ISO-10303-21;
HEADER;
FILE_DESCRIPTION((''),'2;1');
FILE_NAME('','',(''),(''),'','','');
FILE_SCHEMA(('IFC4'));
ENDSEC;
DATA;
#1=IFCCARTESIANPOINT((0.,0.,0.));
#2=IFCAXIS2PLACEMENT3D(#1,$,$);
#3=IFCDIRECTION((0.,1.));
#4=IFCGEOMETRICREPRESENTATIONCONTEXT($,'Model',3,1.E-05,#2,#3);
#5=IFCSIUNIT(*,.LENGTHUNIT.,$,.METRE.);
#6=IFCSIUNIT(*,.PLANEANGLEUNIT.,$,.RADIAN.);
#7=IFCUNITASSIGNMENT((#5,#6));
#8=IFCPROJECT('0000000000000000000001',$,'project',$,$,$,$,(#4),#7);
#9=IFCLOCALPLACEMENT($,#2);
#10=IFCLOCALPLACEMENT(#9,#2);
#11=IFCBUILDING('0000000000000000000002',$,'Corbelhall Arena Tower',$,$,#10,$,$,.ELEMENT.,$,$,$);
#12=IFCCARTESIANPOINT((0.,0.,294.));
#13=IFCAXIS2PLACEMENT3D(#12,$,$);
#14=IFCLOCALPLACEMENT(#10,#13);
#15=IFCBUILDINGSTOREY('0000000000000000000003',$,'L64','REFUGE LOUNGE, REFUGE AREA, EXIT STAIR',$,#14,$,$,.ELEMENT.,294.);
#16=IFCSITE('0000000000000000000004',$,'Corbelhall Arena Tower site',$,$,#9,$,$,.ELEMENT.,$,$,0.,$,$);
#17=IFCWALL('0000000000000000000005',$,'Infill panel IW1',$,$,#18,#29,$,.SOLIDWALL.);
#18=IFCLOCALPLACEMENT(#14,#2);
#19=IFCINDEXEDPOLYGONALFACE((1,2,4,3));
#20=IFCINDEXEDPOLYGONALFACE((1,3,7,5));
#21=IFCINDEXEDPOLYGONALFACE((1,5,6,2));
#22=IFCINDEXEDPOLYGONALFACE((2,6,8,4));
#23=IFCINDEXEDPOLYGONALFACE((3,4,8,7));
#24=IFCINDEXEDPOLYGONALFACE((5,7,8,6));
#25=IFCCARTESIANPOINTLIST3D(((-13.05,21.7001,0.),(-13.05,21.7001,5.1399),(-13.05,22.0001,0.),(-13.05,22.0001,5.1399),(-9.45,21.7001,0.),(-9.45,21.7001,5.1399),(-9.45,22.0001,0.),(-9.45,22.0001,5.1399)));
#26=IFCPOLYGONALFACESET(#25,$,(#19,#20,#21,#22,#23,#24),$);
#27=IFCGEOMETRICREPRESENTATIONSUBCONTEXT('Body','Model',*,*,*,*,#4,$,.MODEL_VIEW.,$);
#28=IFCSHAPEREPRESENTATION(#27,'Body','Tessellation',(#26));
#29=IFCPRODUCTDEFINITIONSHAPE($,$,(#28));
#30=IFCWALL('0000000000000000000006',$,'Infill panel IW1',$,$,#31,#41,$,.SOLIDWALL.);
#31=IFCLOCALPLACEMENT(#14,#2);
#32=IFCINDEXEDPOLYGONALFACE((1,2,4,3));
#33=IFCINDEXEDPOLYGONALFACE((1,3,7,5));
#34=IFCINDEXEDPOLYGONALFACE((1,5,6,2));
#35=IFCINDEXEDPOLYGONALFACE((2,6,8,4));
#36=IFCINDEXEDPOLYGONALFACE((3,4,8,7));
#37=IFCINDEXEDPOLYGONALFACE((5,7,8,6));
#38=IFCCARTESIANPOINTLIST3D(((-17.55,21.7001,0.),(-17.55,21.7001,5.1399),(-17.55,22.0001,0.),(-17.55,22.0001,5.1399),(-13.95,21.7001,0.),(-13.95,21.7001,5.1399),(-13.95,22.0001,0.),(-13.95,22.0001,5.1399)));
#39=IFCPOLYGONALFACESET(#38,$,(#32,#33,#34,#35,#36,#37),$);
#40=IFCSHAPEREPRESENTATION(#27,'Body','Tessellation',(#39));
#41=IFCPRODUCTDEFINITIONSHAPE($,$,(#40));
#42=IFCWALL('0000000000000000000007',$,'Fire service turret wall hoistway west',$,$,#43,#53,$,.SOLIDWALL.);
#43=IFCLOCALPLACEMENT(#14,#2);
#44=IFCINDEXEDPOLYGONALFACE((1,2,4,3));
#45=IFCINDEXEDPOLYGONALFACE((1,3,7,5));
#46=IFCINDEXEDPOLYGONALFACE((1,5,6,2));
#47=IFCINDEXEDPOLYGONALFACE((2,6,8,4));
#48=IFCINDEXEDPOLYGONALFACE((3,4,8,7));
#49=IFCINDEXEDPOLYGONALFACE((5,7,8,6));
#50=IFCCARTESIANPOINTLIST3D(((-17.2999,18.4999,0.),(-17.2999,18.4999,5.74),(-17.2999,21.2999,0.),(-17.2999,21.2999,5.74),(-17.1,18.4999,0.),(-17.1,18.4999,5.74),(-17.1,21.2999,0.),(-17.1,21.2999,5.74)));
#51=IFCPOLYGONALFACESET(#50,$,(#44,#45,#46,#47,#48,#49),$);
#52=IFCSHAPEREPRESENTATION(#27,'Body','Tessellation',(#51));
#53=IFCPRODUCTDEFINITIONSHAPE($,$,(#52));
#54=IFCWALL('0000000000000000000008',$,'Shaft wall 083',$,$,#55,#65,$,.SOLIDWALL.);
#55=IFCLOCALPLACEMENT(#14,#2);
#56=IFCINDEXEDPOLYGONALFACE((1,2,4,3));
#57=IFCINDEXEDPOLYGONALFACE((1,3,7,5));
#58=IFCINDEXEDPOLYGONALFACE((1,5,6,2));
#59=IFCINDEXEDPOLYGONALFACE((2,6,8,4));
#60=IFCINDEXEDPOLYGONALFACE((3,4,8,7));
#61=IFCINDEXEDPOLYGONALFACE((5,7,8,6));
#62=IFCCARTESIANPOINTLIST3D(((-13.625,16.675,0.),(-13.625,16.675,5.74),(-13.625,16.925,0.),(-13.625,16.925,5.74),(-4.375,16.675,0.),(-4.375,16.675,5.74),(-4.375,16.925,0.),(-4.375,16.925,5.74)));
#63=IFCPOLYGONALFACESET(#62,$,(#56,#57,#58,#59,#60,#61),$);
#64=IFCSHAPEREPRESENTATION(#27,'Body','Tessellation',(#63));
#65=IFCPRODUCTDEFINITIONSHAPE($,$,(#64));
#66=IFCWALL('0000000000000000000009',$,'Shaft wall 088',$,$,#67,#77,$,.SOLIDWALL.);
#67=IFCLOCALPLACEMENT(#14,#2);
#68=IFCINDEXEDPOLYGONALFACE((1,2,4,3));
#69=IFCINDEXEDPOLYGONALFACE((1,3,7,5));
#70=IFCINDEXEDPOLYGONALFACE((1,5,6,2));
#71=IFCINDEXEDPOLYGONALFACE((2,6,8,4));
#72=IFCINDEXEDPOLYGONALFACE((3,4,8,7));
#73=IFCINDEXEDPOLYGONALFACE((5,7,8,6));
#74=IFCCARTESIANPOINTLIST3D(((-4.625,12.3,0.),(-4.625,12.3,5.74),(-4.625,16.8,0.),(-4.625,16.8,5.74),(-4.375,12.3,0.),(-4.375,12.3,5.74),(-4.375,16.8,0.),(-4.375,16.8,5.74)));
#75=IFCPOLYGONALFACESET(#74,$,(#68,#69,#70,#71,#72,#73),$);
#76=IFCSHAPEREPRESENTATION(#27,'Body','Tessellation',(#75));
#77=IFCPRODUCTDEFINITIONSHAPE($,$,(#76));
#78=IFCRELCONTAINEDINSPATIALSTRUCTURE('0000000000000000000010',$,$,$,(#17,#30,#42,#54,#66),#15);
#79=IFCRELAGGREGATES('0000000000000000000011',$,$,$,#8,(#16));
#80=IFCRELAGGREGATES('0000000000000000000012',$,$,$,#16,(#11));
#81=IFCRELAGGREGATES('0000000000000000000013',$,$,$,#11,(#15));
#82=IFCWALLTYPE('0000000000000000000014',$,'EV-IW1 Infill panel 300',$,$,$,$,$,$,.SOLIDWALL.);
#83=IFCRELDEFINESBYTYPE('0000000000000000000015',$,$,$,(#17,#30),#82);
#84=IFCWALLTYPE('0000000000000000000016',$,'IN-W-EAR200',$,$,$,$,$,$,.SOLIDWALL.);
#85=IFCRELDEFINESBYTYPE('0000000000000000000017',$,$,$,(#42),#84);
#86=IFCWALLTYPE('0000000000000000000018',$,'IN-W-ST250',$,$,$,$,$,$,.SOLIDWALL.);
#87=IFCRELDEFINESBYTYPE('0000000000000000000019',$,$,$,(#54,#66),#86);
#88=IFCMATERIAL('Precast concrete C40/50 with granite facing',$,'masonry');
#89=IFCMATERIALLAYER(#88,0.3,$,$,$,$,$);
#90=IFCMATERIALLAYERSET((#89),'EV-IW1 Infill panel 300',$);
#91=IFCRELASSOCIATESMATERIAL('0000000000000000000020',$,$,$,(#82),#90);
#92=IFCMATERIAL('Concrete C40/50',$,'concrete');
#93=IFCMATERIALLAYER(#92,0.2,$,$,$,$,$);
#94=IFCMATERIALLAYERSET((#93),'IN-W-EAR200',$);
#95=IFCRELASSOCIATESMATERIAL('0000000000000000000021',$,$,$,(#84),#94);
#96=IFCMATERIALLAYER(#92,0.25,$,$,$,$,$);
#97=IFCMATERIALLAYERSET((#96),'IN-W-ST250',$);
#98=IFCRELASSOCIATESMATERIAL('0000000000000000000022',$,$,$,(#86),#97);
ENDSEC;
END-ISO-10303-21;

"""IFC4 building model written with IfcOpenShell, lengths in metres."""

from ifc_helpers import new_model, si_unit, direction, frame, frame_2d, origin, place, context, subcontext, project, spatial, rectangle, extrude, material, layer, layer_set, type_object, element, save


model = new_model("IFC4")

# Units and contexts
model_context = context("Model", 3, precision=1e-05, world=origin(), true_north=direction((0.0, 1.0)))
body_context = subcontext(model_context, "Body", "Model", "MODEL_VIEW")
ifc_project = project(units=[si_unit("LENGTHUNIT", "METRE"), si_unit("PLANEANGLEUNIT", "RADIAN")], contexts=[model_context])

# Site, building, storey
site_placement = place(None, origin())
site = spatial("IfcSite", under=ifc_project, at=site_placement, Name="Corbelhall Arena Tower site", CompositionType="ELEMENT", RefElevation=0.0)
building_placement = place(site_placement, origin())
building = spatial("IfcBuilding", under=site, at=building_placement, Name="Corbelhall Arena Tower", CompositionType="ELEMENT")
storey_placement = place(building_placement, frame((0.0, 0.0, 294.0)))
storey = spatial("IfcBuildingStorey", under=building, at=storey_placement, Name="L64", Description="REFUGE LOUNGE, REFUGE AREA, EXIT STAIR", CompositionType="ELEMENT", Elevation=294.0)

# Walls
ifc_material_1 = material(Name="Precast concrete C40/50 with granite facing", Category="masonry")
ifc_layer_1 = layer(ifc_material_1, 0.3)
ifc_layer_set_1 = layer_set([ifc_layer_1], Name="EV-IW1 Infill panel 300")
wall_type_1 = type_object("IfcWallType", Name="EV-IW1 Infill panel 300", PredefinedType="SOLIDWALL", material=ifc_layer_set_1)
for number, where, z_axis, x_axis, name in (
    (1, (-9.45, 21.8501, 0.0), (0.0, 0.0, 1.0), (-1.0, 0.0, 0.0), "Infill panel IW1"),
    (2, (-13.95, 21.8501, 0.0), (0.0, 0.0, 1.0), (-1.0, 0.0, 0.0), "Infill panel IW1"),
):
    element("IfcWall", number, at=place(storey_placement, frame(where, z_axis=z_axis, x_axis=x_axis)), inside=storey, type_object=wall_type_1, Name=name, PredefinedType="SOLIDWALL", context=body_context, shape_type="SweptSolid", body=[
        extrude(rectangle(XDim=3.6001, YDim=0.3, at=frame_2d((1.8, 0.0))), origin(), (0.0, 0.0, 1.0), 5.1399),
    ])
ifc_material_2 = material(Name="Concrete C40/50", Category="concrete")
ifc_layer_2 = layer(ifc_material_2, 0.2)
ifc_layer_set_2 = layer_set([ifc_layer_2], Name="IN-W-EAR200")
wall_type_2 = type_object("IfcWallType", Name="IN-W-EAR200", PredefinedType="SOLIDWALL", material=ifc_layer_set_2)
wall_1_placement = place(storey_placement, frame((-17.2, 18.5, 0.0), z_axis=(0.0, 0.0, 1.0), x_axis=(0.0, 1.0, 0.0)))
element("IfcWall", 3, at=wall_1_placement, inside=storey, type_object=wall_type_2, Name="Fire service turret wall hoistway west", PredefinedType="SOLIDWALL", context=body_context, shape_type="SweptSolid", body=[
    extrude(rectangle(XDim=2.8, YDim=0.2, at=frame_2d((1.3999, 0.0))), origin(), (0.0, 0.0, 1.0), 5.74),
])

# Walls
ifc_layer_3 = layer(ifc_material_2, 0.25)
ifc_layer_set_3 = layer_set([ifc_layer_3], Name="IN-W-ST250")
wall_type_3 = type_object("IfcWallType", Name="IN-W-ST250", PredefinedType="SOLIDWALL", material=ifc_layer_set_3)
wall_2_placement = place(storey_placement, frame((-13.625, 16.8, 0.0), z_axis=(0.0, 0.0, 1.0), x_axis=(1.0, 0.0, 0.0)))
element("IfcWall", 4, at=wall_2_placement, inside=storey, type_object=wall_type_3, Name="Shaft wall 083", PredefinedType="SOLIDWALL", context=body_context, shape_type="SweptSolid", body=[
    extrude(rectangle(XDim=9.25, YDim=0.25, at=frame_2d((4.625, 0.0))), origin(), (0.0, 0.0, 1.0), 5.74),
])
wall_3_placement = place(storey_placement, frame((-4.5, 16.8, 0.0), z_axis=(0.0, 0.0, 1.0), x_axis=(0.0, -1.0, 0.0)))
element("IfcWall", 5, at=wall_3_placement, inside=storey, type_object=wall_type_3, Name="Shaft wall 088", PredefinedType="SOLIDWALL", context=body_context, shape_type="SweptSolid", body=[
    extrude(rectangle(XDim=4.5, YDim=0.25, at=frame_2d((2.25, 0.0))), origin(), (0.0, 0.0, 1.0), 5.74),
])

save(model, "model.ifc")
